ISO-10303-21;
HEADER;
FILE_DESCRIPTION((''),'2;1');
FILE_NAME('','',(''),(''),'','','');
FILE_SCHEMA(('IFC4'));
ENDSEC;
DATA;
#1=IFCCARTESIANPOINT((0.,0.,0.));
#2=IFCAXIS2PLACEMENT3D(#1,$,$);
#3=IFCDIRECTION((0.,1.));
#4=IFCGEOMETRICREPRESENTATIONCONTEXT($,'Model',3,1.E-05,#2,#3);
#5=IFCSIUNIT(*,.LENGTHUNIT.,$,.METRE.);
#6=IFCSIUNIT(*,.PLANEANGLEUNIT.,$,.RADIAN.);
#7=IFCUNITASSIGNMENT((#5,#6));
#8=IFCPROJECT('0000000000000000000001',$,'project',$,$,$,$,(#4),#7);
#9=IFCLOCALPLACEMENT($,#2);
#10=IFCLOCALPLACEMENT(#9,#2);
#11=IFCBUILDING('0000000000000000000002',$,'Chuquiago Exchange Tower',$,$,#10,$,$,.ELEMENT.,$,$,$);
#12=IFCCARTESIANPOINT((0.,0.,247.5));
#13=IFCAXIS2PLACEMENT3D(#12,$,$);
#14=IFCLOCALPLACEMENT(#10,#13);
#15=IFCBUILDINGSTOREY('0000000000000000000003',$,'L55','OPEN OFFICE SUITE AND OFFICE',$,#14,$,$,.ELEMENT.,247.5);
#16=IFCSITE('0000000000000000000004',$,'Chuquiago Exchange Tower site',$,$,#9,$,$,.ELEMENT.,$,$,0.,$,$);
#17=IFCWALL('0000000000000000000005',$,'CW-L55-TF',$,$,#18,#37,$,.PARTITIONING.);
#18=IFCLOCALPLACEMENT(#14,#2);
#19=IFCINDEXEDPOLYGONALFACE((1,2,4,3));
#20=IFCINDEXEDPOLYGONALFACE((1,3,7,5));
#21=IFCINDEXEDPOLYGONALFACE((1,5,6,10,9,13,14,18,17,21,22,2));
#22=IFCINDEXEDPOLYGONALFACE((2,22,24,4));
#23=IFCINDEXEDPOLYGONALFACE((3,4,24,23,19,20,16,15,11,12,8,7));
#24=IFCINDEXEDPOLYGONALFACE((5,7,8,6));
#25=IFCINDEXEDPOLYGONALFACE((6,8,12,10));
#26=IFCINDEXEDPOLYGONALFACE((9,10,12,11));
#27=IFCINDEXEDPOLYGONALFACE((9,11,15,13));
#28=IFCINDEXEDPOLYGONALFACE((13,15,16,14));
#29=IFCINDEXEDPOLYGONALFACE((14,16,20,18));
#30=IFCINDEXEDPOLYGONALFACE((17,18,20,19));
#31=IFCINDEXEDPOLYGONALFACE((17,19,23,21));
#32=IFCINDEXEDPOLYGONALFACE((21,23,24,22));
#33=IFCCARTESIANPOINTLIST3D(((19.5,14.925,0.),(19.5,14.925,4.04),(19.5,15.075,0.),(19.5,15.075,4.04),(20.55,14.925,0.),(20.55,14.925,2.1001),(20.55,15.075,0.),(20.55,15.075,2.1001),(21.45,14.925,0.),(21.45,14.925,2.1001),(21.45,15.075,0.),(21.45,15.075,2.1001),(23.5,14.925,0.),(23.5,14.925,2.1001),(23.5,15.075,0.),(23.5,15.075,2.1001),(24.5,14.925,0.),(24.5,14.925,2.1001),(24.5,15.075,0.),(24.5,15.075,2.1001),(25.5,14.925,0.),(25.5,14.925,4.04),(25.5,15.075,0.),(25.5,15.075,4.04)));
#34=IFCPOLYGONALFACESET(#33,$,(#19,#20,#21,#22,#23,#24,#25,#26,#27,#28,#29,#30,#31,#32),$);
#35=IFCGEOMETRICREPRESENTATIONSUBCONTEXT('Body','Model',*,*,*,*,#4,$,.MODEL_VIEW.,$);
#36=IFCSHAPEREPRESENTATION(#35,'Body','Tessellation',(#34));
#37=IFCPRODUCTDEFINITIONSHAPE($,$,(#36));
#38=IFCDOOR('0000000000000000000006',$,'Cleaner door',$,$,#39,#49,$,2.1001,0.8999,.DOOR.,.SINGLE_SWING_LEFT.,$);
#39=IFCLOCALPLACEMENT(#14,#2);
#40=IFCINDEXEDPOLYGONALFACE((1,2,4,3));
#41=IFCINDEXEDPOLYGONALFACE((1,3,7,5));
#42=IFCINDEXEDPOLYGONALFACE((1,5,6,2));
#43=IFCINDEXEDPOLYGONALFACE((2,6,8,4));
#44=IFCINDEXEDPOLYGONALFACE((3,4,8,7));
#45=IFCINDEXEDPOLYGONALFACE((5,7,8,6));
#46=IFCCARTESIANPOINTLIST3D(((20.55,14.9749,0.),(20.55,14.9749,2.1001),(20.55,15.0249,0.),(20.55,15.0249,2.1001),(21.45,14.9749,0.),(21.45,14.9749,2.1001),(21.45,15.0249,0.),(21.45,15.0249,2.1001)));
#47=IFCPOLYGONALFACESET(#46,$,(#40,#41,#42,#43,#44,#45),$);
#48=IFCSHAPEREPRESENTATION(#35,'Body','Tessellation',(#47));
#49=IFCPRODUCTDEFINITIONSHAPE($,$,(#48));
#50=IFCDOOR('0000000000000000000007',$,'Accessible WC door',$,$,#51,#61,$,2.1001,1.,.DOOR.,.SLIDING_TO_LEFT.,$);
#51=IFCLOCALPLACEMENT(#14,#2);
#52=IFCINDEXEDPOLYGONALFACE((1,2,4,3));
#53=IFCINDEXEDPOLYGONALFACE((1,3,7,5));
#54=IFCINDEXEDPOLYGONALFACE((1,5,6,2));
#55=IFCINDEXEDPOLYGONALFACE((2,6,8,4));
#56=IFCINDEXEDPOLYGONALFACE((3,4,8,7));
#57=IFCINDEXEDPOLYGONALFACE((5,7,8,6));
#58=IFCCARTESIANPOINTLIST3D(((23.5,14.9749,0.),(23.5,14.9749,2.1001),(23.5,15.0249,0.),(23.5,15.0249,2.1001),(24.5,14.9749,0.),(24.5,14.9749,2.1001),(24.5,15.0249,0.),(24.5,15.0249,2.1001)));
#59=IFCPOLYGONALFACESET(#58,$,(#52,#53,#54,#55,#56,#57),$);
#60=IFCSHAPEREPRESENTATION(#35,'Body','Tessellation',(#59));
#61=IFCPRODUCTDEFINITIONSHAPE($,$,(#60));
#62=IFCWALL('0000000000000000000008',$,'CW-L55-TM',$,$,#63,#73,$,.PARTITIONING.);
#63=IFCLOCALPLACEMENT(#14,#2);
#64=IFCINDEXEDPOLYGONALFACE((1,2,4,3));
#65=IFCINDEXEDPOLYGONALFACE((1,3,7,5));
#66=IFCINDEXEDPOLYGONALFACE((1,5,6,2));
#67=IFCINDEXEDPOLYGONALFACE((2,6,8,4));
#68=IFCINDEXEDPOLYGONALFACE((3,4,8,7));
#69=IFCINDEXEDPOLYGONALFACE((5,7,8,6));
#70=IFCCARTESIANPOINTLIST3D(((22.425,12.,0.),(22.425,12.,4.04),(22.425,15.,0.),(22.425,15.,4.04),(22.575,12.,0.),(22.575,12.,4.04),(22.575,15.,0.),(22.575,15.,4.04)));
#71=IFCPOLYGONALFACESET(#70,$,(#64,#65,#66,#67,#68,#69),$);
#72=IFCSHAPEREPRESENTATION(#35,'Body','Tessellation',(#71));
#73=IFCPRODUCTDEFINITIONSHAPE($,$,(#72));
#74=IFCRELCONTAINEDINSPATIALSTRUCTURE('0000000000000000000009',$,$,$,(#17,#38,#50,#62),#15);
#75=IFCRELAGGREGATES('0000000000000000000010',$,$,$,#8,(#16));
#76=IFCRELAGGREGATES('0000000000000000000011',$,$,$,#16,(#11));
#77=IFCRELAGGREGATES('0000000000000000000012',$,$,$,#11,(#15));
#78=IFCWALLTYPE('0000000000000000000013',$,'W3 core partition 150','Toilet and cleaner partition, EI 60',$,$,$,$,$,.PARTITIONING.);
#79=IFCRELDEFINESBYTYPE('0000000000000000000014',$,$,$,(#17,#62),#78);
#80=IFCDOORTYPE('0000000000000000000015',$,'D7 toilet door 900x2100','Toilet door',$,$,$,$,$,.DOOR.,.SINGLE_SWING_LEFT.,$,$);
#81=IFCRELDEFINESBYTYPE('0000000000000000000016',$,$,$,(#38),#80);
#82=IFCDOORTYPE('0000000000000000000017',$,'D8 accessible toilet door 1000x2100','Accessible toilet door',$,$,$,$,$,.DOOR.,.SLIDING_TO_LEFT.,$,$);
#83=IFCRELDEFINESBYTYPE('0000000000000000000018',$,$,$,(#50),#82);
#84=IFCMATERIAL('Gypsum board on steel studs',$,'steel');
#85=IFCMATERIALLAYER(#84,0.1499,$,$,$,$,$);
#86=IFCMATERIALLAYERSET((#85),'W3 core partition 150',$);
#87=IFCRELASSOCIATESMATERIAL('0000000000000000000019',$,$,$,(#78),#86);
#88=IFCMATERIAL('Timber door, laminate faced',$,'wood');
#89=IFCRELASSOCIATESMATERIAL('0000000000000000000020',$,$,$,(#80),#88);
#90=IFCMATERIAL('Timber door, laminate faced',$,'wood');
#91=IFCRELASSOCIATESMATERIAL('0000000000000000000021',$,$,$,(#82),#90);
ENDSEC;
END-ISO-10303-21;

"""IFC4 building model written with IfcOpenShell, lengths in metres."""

from ifc_helpers import new_model, si_unit, direction, frame, frame_2d, origin, place, context, subcontext, project, spatial, rectangle, extrude, material, layer, layer_set, type_object, element, fill, save


model = new_model("IFC4")

# Units and contexts
model_context = context("Model", 3, precision=1e-05, world=origin(), true_north=direction((0.0, 1.0)))
body_context = subcontext(model_context, "Body", "Model", "MODEL_VIEW")
ifc_project = project(units=[si_unit("LENGTHUNIT", "METRE"), si_unit("PLANEANGLEUNIT", "RADIAN")], contexts=[model_context])

# Site, building, storey
site_placement = place(None, origin())
site = spatial("IfcSite", under=ifc_project, at=site_placement, Name="Chuquiago Exchange Tower site", CompositionType="ELEMENT", RefElevation=0.0)
building_placement = place(site_placement, origin())
building = spatial("IfcBuilding", under=site, at=building_placement, Name="Chuquiago Exchange Tower", CompositionType="ELEMENT")
storey_placement = place(building_placement, frame((0.0, 0.0, 247.5)))
storey = spatial("IfcBuildingStorey", under=building, at=storey_placement, Name="L55", Description="OPEN OFFICE SUITE AND OFFICE", CompositionType="ELEMENT", Elevation=247.5)

# Wall, openings, doors
ifc_material_1 = material(Name="Gypsum board on steel studs", Category="steel")
ifc_layer_1 = layer(ifc_material_1, 0.1499)
ifc_layer_set_1 = layer_set([ifc_layer_1], Name="W3 core partition 150")
wall_type_1 = type_object("IfcWallType", Name="W3 core partition 150", Description="Toilet and cleaner partition, EI 60", PredefinedType="PARTITIONING", material=ifc_layer_set_1)
wall_1_placement = place(storey_placement, frame((19.5, 15.0, 0.0), z_axis=(0.0, 0.0, 1.0), x_axis=(1.0, 0.0, 0.0)))
wall_1 = element("IfcWall", 1, at=wall_1_placement, inside=storey, type_object=wall_type_1, Name="CW-L55-TF", PredefinedType="PARTITIONING", context=body_context, shape_type="SweptSolid", body=[
    extrude(rectangle(XDim=6.0, YDim=0.1499, at=frame_2d((3.0, 0.0))), origin(), (0.0, 0.0, 1.0), 4.04),
])
opening_1_placement = place(wall_1_placement, frame((4.0, 0.0, 0.0)))
opening_1 = element("IfcOpeningElement", 2, at=opening_1_placement, cuts=wall_1, PredefinedType="OPENING", context=body_context, shape_type="SweptSolid", body=[
    extrude(rectangle(XDim=1.0, YDim=2.1001, at=frame_2d((0.5, 1.05))), frame((0.0, 0.085, 0.0), z_axis=(0.0, -1.0, 0.0), x_axis=(1.0, 0.0, 0.0)), (0.0, 0.0, 1.0), 0.1699),
])
opening_2_placement = place(wall_1_placement, frame((1.05, 0.0, 0.0)))
opening_2 = element("IfcOpeningElement", 3, at=opening_2_placement, cuts=wall_1, PredefinedType="OPENING", context=body_context, shape_type="SweptSolid", body=[
    extrude(rectangle(XDim=0.8999, YDim=2.1001, at=frame_2d((0.45, 1.05))), frame((0.0, 0.085, 0.0), z_axis=(0.0, -1.0, 0.0), x_axis=(1.0, 0.0, 0.0)), (0.0, 0.0, 1.0), 0.1699),
])
ifc_material_2 = material(Name="Timber door, laminate faced", Category="wood")
door_type_1 = type_object("IfcDoorType", Name="D7 toilet door 900x2100", Description="Toilet door", OperationType="SINGLE_SWING_LEFT", PredefinedType="DOOR", material=ifc_material_2)
door_1_placement = place(opening_2_placement, origin())
door_1 = element("IfcDoor", 4, at=door_1_placement, inside=storey, type_object=door_type_1, Name="Cleaner door", OperationType="SINGLE_SWING_LEFT", OverallHeight=2.1001, OverallWidth=0.8999, PredefinedType="DOOR", context=body_context, shape_type="SweptSolid", body=[
    extrude(rectangle(XDim=0.8999, YDim=2.1001, at=frame_2d((0.45, 1.05))), frame((0.0, 0.0249, 0.0), z_axis=(0.0, -1.0, 0.0), x_axis=(1.0, 0.0, 0.0)), (0.0, 0.0, 1.0), 0.05),
])
fill(opening_2, door_1)
ifc_material_3 = material(Name="Timber door, laminate faced", Category="wood")
door_type_2 = type_object("IfcDoorType", Name="D8 accessible toilet door 1000x2100", Description="Accessible toilet door", OperationType="SLIDING_TO_LEFT", PredefinedType="DOOR", material=ifc_material_3)
door_2_placement = place(opening_1_placement, origin())
door_2 = element("IfcDoor", 5, at=door_2_placement, inside=storey, type_object=door_type_2, Name="Accessible WC door", OperationType="SLIDING_TO_LEFT", OverallHeight=2.1001, OverallWidth=1.0, PredefinedType="DOOR", context=body_context, shape_type="SweptSolid", body=[
    extrude(rectangle(XDim=1.0, YDim=2.1001, at=frame_2d((0.5, 1.05))), frame((0.0, 0.0249, 0.0), z_axis=(0.0, -1.0, 0.0), x_axis=(1.0, 0.0, 0.0)), (0.0, 0.0, 1.0), 0.05),
])
fill(opening_1, door_2)

# Wall
wall_2_placement = place(storey_placement, frame((22.5, 15.0, 0.0), z_axis=(0.0, 0.0, 1.0), x_axis=(0.0, -1.0, 0.0)))
element("IfcWall", 6, at=wall_2_placement, inside=storey, type_object=wall_type_1, Name="CW-L55-TM", PredefinedType="PARTITIONING", context=body_context, shape_type="SweptSolid", body=[
    extrude(rectangle(XDim=3.0, YDim=0.1499, at=frame_2d((1.5, 0.0))), origin(), (0.0, 0.0, 1.0), 4.04),
])

save(model, "model.ifc")
